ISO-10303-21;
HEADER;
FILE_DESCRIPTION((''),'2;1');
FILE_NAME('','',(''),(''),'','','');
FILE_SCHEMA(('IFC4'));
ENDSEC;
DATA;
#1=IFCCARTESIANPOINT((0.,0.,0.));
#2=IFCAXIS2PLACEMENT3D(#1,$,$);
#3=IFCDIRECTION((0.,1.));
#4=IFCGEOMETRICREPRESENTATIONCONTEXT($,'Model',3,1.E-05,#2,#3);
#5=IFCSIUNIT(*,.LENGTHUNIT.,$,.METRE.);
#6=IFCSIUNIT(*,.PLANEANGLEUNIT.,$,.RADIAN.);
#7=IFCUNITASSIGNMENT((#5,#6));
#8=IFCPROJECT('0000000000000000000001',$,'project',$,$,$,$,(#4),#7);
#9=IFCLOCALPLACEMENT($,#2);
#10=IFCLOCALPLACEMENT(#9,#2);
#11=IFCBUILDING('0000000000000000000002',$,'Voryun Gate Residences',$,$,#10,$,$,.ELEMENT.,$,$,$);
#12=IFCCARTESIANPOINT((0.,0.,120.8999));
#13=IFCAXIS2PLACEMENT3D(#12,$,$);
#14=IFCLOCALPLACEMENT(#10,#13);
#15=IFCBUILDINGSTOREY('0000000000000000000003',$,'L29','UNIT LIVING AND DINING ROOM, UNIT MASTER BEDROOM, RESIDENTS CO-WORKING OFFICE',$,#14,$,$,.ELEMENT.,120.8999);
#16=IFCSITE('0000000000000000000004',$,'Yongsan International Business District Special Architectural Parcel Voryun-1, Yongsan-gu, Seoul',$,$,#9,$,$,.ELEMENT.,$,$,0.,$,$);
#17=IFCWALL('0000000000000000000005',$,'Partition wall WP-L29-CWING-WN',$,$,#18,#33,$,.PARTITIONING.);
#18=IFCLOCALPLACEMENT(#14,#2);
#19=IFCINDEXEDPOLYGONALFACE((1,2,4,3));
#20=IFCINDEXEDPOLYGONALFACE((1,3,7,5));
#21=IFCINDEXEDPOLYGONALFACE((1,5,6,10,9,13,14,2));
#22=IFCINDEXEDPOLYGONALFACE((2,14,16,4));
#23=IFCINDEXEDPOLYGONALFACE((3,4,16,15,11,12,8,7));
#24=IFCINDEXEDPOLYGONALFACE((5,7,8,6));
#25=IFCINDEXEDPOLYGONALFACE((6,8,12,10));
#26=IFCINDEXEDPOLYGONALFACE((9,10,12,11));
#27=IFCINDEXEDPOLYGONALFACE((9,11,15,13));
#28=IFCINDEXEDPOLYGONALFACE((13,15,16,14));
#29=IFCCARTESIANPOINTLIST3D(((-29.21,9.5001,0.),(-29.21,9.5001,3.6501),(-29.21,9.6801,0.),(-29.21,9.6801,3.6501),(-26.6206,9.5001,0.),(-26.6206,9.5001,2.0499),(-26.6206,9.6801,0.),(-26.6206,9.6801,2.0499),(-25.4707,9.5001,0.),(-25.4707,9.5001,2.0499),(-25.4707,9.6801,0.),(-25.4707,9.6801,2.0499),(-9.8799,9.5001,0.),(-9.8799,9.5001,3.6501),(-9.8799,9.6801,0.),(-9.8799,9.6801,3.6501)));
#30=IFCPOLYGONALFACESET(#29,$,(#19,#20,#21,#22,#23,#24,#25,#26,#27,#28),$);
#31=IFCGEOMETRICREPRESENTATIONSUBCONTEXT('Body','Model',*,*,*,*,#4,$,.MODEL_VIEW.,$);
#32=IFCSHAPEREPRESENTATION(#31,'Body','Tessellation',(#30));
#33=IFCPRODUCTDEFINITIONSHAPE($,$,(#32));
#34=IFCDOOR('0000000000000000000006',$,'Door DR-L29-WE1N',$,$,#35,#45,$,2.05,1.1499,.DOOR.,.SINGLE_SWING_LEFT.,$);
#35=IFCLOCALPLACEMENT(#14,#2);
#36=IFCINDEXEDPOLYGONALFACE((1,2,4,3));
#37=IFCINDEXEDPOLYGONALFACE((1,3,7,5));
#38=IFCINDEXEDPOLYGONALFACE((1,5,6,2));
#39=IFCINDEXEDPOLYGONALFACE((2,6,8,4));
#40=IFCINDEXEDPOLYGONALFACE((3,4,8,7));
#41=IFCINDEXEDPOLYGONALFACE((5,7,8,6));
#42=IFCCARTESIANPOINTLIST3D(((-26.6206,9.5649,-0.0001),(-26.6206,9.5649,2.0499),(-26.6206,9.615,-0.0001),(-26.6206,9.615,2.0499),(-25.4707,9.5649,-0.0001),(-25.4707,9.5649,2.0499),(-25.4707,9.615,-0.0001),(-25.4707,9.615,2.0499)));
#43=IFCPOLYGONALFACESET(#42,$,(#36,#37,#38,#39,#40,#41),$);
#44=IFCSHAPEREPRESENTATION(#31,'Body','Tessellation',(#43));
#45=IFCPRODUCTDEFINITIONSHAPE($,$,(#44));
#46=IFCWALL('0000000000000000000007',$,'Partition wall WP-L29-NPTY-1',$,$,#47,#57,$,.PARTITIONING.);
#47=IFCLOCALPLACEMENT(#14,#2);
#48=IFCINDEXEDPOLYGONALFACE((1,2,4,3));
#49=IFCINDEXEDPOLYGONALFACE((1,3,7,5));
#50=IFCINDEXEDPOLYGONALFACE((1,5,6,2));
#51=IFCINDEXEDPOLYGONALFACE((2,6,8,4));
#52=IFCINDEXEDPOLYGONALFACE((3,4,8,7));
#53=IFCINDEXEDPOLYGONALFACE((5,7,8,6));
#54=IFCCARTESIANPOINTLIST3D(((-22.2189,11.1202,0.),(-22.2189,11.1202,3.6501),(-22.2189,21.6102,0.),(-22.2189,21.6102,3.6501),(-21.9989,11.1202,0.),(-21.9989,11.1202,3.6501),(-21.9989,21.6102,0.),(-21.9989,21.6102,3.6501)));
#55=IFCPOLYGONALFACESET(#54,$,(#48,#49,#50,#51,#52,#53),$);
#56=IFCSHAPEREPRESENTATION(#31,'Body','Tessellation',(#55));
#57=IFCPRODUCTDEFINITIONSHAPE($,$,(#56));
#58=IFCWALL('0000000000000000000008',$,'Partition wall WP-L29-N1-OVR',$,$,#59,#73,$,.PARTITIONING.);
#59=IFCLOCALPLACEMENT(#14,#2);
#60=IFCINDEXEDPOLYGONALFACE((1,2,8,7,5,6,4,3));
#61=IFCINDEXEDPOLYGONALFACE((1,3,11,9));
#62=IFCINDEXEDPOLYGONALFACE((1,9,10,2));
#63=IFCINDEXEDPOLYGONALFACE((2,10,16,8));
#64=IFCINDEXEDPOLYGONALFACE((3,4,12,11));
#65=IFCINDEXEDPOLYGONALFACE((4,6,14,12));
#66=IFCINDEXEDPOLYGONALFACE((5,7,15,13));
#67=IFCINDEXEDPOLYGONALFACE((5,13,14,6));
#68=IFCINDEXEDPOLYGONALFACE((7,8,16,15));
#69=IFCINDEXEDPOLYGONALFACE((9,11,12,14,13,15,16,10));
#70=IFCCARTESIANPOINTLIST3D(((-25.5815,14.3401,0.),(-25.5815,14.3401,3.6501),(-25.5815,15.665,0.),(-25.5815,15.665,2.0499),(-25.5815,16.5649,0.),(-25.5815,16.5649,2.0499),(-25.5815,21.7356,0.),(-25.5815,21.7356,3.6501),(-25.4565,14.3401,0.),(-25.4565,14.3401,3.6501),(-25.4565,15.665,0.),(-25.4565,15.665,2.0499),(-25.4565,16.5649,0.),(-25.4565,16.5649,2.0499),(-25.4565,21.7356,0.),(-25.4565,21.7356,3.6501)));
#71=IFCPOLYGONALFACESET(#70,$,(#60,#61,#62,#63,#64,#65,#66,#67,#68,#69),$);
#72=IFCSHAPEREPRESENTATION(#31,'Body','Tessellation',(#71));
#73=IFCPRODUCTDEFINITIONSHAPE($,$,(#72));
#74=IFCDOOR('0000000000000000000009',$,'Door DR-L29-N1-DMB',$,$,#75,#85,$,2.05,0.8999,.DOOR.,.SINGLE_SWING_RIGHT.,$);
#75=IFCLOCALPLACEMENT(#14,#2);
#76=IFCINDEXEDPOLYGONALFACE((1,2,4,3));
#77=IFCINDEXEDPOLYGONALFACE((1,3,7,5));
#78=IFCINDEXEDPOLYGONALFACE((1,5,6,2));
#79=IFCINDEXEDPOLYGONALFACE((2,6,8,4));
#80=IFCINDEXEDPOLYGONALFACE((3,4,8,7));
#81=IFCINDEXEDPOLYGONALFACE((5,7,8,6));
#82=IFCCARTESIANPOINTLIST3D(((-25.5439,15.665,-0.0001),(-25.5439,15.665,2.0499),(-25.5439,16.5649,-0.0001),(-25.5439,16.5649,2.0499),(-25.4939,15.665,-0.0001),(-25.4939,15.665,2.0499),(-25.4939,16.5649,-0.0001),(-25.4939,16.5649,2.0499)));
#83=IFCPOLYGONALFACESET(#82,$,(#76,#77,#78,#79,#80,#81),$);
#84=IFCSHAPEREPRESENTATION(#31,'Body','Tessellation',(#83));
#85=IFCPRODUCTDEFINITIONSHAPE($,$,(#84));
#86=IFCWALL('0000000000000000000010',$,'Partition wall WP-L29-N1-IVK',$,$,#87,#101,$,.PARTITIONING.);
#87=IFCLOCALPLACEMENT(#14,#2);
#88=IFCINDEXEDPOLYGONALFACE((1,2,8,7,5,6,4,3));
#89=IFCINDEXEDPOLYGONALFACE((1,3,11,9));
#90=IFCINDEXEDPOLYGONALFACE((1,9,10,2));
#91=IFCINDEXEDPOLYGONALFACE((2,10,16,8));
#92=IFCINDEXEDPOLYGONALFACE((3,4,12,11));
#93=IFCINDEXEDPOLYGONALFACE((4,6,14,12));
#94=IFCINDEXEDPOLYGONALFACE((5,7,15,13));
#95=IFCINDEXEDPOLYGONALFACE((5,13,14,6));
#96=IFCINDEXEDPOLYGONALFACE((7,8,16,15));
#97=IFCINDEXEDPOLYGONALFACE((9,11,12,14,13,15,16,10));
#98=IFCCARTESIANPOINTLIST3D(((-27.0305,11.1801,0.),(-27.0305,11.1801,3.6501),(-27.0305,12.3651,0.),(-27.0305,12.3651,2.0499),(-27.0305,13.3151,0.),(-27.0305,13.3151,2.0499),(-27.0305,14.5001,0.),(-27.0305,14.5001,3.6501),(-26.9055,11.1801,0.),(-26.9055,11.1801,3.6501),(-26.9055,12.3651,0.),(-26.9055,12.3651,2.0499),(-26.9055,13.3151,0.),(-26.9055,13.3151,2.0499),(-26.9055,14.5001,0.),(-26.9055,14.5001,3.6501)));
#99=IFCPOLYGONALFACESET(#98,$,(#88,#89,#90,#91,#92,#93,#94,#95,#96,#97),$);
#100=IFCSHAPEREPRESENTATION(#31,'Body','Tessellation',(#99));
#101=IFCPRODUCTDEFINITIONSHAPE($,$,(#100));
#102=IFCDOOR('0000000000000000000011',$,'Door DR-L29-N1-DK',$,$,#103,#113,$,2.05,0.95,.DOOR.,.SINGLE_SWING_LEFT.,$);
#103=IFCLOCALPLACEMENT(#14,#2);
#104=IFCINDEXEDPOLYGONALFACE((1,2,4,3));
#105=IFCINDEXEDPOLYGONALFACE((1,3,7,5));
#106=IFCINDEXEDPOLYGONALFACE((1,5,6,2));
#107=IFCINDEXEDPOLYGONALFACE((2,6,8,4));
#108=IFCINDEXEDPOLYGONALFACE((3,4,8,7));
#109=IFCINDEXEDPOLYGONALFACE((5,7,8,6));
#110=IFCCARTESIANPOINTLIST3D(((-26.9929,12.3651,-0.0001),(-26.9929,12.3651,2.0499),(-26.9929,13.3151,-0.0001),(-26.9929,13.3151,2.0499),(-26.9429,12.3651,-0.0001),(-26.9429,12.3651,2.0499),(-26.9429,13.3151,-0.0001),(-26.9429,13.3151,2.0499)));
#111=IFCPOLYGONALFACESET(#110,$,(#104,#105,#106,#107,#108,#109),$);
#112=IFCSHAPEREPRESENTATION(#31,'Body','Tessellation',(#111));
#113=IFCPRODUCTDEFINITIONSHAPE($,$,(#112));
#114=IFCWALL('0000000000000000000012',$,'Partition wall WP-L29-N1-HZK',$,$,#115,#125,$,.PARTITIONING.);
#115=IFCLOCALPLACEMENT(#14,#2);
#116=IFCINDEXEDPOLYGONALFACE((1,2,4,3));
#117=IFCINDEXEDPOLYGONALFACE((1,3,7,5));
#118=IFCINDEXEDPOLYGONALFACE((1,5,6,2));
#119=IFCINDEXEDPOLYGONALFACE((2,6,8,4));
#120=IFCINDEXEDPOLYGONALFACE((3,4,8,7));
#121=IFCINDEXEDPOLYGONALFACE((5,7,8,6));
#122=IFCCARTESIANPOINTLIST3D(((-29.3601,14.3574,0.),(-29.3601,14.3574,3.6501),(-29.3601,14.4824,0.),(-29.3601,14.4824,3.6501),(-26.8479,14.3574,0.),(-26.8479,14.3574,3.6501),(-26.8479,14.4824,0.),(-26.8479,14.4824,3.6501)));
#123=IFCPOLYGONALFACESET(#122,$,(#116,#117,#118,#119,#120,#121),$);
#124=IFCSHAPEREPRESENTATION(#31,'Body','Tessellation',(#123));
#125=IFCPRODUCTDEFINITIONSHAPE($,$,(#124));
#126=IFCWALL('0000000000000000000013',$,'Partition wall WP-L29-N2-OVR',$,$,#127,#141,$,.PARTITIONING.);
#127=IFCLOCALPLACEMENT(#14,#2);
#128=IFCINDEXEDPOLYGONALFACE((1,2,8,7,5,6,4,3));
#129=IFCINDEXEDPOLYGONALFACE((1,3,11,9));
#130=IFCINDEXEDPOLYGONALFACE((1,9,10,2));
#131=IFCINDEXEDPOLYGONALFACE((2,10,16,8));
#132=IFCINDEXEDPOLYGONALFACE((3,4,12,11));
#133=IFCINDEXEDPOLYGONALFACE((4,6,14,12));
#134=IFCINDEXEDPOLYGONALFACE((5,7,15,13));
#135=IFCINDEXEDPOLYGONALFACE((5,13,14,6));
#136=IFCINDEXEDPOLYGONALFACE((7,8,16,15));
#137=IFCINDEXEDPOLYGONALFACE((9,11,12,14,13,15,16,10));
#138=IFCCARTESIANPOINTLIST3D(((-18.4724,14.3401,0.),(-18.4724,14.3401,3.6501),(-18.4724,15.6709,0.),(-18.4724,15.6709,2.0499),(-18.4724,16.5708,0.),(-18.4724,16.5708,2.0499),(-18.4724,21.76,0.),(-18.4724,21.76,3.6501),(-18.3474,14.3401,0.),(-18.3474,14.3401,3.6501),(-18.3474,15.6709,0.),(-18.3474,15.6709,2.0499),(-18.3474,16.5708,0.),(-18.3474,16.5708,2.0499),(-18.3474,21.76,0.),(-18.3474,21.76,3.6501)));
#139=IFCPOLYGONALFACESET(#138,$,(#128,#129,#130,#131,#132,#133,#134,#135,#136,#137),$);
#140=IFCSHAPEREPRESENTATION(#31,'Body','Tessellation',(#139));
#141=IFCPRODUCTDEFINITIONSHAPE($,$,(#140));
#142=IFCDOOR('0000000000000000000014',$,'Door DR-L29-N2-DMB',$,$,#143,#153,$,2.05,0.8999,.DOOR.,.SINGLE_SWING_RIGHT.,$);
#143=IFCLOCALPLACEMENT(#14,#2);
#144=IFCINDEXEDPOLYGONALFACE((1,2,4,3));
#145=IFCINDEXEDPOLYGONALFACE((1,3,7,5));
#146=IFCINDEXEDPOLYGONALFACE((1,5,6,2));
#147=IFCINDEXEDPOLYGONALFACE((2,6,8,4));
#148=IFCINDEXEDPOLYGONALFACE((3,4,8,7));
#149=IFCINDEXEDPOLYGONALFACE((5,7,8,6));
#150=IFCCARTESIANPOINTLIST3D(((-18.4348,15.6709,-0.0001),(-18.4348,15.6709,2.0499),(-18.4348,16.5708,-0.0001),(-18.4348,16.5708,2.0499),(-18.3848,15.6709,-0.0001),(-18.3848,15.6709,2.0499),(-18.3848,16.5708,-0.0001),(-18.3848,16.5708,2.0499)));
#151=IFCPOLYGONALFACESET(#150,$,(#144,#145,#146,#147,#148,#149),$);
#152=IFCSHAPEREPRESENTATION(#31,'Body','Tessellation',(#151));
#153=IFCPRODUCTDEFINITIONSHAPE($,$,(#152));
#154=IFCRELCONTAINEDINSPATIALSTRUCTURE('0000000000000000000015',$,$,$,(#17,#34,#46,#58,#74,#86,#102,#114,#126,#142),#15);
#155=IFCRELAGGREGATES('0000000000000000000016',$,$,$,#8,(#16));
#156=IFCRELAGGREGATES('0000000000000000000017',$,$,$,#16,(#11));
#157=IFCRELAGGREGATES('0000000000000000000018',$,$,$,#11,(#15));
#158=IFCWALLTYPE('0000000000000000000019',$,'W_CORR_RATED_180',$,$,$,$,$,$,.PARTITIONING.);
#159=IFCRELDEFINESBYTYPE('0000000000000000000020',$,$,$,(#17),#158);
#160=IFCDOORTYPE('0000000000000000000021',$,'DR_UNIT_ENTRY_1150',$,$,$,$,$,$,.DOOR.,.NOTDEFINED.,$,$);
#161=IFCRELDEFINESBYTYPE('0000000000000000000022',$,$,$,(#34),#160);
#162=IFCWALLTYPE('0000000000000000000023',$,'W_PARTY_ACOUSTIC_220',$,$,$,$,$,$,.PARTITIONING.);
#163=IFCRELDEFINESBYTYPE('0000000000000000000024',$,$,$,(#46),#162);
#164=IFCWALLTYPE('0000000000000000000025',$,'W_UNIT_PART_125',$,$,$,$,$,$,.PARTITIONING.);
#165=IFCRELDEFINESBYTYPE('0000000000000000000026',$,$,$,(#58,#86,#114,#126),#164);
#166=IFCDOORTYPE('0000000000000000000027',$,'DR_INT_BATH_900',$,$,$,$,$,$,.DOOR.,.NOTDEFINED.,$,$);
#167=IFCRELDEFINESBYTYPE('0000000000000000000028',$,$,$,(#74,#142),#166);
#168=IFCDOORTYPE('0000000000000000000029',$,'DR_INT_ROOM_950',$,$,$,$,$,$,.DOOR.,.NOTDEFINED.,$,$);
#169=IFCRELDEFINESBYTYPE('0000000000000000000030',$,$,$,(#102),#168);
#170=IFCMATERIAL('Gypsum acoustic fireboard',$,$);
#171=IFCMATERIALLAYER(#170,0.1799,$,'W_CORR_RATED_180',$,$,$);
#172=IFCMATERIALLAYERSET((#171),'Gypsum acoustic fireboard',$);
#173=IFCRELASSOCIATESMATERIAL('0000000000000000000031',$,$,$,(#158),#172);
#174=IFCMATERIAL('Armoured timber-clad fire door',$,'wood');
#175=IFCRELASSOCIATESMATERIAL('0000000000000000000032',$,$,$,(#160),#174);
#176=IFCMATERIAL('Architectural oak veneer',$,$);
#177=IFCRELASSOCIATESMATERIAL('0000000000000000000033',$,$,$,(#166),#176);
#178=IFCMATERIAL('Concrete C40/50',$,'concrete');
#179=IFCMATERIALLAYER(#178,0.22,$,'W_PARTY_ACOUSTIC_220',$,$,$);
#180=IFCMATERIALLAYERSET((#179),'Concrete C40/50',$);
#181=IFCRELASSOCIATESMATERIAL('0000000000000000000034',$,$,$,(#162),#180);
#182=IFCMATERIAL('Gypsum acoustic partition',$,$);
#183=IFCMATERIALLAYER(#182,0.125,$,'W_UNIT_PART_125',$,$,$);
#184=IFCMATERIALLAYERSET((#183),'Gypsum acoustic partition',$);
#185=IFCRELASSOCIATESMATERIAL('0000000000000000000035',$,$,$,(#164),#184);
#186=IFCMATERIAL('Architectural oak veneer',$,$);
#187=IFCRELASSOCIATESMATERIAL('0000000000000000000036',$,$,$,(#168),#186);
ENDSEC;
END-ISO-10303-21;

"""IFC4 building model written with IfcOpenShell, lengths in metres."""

from ifc_helpers import new_model, si_unit, direction, frame, frame_2d, origin, place, context, subcontext, project, spatial, rectangle, extrude, material, layer, layer_set, type_object, element, fill, save


model = new_model("IFC4")

# Units and contexts
model_context = context("Model", 3, precision=1e-05, world=origin(), true_north=direction((0.0, 1.0)))
body_context = subcontext(model_context, "Body", "Model", "MODEL_VIEW")
ifc_project = project(units=[si_unit("LENGTHUNIT", "METRE"), si_unit("PLANEANGLEUNIT", "RADIAN")], contexts=[model_context])

# Site, building, storey
site_placement = place(None, origin())
site = spatial("IfcSite", under=ifc_project, at=site_placement, Name="Yongsan International Business District Special Architectural Parcel Voryun-1, Yongsan-gu, Seoul", CompositionType="ELEMENT", RefElevation=0.0)
building_placement = place(site_placement, origin())
building = spatial("IfcBuilding", under=site, at=building_placement, Name="Voryun Gate Residences", CompositionType="ELEMENT")
storey_placement = place(building_placement, frame((0.0, 0.0, 120.8999)))
storey = spatial("IfcBuildingStorey", under=building, at=storey_placement, Name="L29", Description="UNIT LIVING AND DINING ROOM, UNIT MASTER BEDROOM, RESIDENTS CO-WORKING OFFICE", CompositionType="ELEMENT", Elevation=120.8999)

# Wall, opening, door
ifc_material_1 = material(Name="Gypsum acoustic fireboard")
ifc_layer_1 = layer(ifc_material_1, 0.1799, Name="W_CORR_RATED_180")
ifc_layer_set_1 = layer_set([ifc_layer_1], Name="Gypsum acoustic fireboard")
wall_type_1 = type_object("IfcWallType", Name="W_CORR_RATED_180", PredefinedType="PARTITIONING", material=ifc_layer_set_1)
wall_1_placement = place(storey_placement, frame((-29.21, 9.5901, 0.0), z_axis=(0.0, 0.0, 1.0), x_axis=(1.0, 0.0, 0.0)))
wall_1 = element("IfcWall", 1, at=wall_1_placement, inside=storey, type_object=wall_type_1, Name="Partition wall WP-L29-CWING-WN", PredefinedType="PARTITIONING", context=body_context, shape_type="SweptSolid", body=[
    extrude(rectangle(XDim=19.3301, YDim=0.1799, at=frame_2d((9.665, 0.0))), origin(), (0.0, 0.0, 1.0), 3.6501),
])
opening_1_placement = place(wall_1_placement, frame((2.5894, 0.0, 0.0)))
opening_1 = element("IfcOpeningElement", 2, at=opening_1_placement, cuts=wall_1, PredefinedType="OPENING", context=body_context, shape_type="SweptSolid", body=[
    extrude(rectangle(XDim=1.1499, YDim=2.05, at=frame_2d((0.575, 1.0249))), frame((0.0, 0.0999, 0.0), z_axis=(0.0, -1.0, 0.0), x_axis=(1.0, 0.0, 0.0)), (0.0, 0.0, 1.0), 0.2),
])
ifc_material_2 = material(Name="Armoured timber-clad fire door", Category="wood")
door_type_1 = type_object("IfcDoorType", Name="DR_UNIT_ENTRY_1150", OperationType="NOTDEFINED", PredefinedType="DOOR", material=ifc_material_2)
door_1_placement = place(opening_1_placement, origin())
door_1 = element("IfcDoor", 3, at=door_1_placement, inside=storey, type_object=door_type_1, Name="Door DR-L29-WE1N", OperationType="SINGLE_SWING_LEFT", OverallHeight=2.05, OverallWidth=1.1499, PredefinedType="DOOR", context=body_context, shape_type="SweptSolid", body=[
    extrude(rectangle(XDim=1.1499, YDim=2.05, at=frame_2d((0.575, 1.0249))), frame((0.0, 0.0249, 0.0), z_axis=(0.0, -1.0, 0.0), x_axis=(1.0, 0.0, 0.0)), (0.0, 0.0, 1.0), 0.05),
])
fill(opening_1, door_1)

# Shared definitions
ifc_material_3 = material(Name="Architectural oak veneer")
door_type_2 = type_object("IfcDoorType", Name="DR_INT_BATH_900", OperationType="NOTDEFINED", PredefinedType="DOOR", material=ifc_material_3)

# Wall
ifc_material_4 = material(Name="Concrete C40/50", Category="concrete")
ifc_layer_2 = layer(ifc_material_4, 0.22, Name="W_PARTY_ACOUSTIC_220")
ifc_layer_set_2 = layer_set([ifc_layer_2], Name="Concrete C40/50")
wall_type_2 = type_object("IfcWallType", Name="W_PARTY_ACOUSTIC_220", PredefinedType="PARTITIONING", material=ifc_layer_set_2)
wall_2_placement = place(storey_placement, frame((-22.1089, 11.1201, 0.0), z_axis=(0.0, 0.0, 1.0), x_axis=(0.0, 1.0, 0.0)))
element("IfcWall", 4, at=wall_2_placement, inside=storey, type_object=wall_type_2, Name="Partition wall WP-L29-NPTY-1", PredefinedType="PARTITIONING", context=body_context, shape_type="SweptSolid", body=[
    extrude(rectangle(XDim=10.49, YDim=0.22, at=frame_2d((5.2451, 0.0))), origin(), (0.0, 0.0, 1.0), 3.6501),
])

# Walls, openings, doors
ifc_material_5 = material(Name="Gypsum acoustic partition")
ifc_layer_3 = layer(ifc_material_5, 0.125, Name="W_UNIT_PART_125")
ifc_layer_set_3 = layer_set([ifc_layer_3], Name="Gypsum acoustic partition")
wall_type_3 = type_object("IfcWallType", Name="W_UNIT_PART_125", PredefinedType="PARTITIONING", material=ifc_layer_set_3)
wall_3_placement = place(storey_placement, frame((-25.519, 14.3401, 0.0), z_axis=(0.0, 0.0, 1.0), x_axis=(0.0, 1.0, 0.0)))
wall_3 = element("IfcWall", 5, at=wall_3_placement, inside=storey, type_object=wall_type_3, Name="Partition wall WP-L29-N1-OVR", PredefinedType="PARTITIONING", context=body_context, shape_type="SweptSolid", body=[
    extrude(rectangle(XDim=7.3955, YDim=0.125, at=frame_2d((3.6978, 0.0))), origin(), (0.0, 0.0, 1.0), 3.6501),
])
opening_2_placement = place(wall_3_placement, frame((1.325, 0.0, 0.0)))
opening_2 = element("IfcOpeningElement", 6, at=opening_2_placement, cuts=wall_3, PredefinedType="OPENING", context=body_context, shape_type="SweptSolid", body=[
    extrude(rectangle(XDim=0.8999, YDim=2.05, at=frame_2d((0.45, 1.0249))), frame((0.0, 0.0725, 0.0), z_axis=(0.0, -1.0, 0.0), x_axis=(1.0, 0.0, 0.0)), (0.0, 0.0, 1.0), 0.145),
])
door_2_placement = place(opening_2_placement, origin())
door_2 = element("IfcDoor", 7, at=door_2_placement, inside=storey, type_object=door_type_2, Name="Door DR-L29-N1-DMB", OperationType="SINGLE_SWING_RIGHT", OverallHeight=2.05, OverallWidth=0.8999, PredefinedType="DOOR", context=body_context, shape_type="SweptSolid", body=[
    extrude(rectangle(XDim=0.8999, YDim=2.05, at=frame_2d((0.45, 1.0249))), frame((0.0, 0.0249, 0.0), z_axis=(0.0, -1.0, 0.0), x_axis=(1.0, 0.0, 0.0)), (0.0, 0.0, 1.0), 0.05),
])
fill(opening_2, door_2)
wall_4_placement = place(storey_placement, frame((-26.968, 11.1799, 0.0), z_axis=(0.0, 0.0, 1.0), x_axis=(0.0, 1.0, 0.0)))
wall_4 = element("IfcWall", 8, at=wall_4_placement, inside=storey, type_object=wall_type_3, Name="Partition wall WP-L29-N1-IVK", PredefinedType="PARTITIONING", context=body_context, shape_type="SweptSolid", body=[
    extrude(rectangle(XDim=3.3201, YDim=0.125, at=frame_2d((1.6602, 0.0))), origin(), (0.0, 0.0, 1.0), 3.6501),
])
opening_3_placement = place(wall_4_placement, frame((1.1851, 0.0, 0.0)))
opening_3 = element("IfcOpeningElement", 9, at=opening_3_placement, cuts=wall_4, PredefinedType="OPENING", context=body_context, shape_type="SweptSolid", body=[
    extrude(rectangle(XDim=0.95, YDim=2.05, at=frame_2d((0.4751, 1.0249))), frame((0.0, 0.0725, 0.0), z_axis=(0.0, -1.0, 0.0), x_axis=(1.0, 0.0, 0.0)), (0.0, 0.0, 1.0), 0.145),
])
ifc_material_6 = material(Name="Architectural oak veneer")
door_type_3 = type_object("IfcDoorType", Name="DR_INT_ROOM_950", OperationType="NOTDEFINED", PredefinedType="DOOR", material=ifc_material_6)
door_3_placement = place(opening_3_placement, origin())
door_3 = element("IfcDoor", 10, at=door_3_placement, inside=storey, type_object=door_type_3, Name="Door DR-L29-N1-DK", OperationType="SINGLE_SWING_LEFT", OverallHeight=2.05, OverallWidth=0.95, PredefinedType="DOOR", context=body_context, shape_type="SweptSolid", body=[
    extrude(rectangle(XDim=0.95, YDim=2.05, at=frame_2d((0.4751, 1.0249))), frame((0.0, 0.0249, 0.0), z_axis=(0.0, -1.0, 0.0), x_axis=(1.0, 0.0, 0.0)), (0.0, 0.0, 1.0), 0.05),
])
fill(opening_3, door_3)

# Wall
wall_5_placement = place(storey_placement, frame((-29.3601, 14.4199, 0.0), z_axis=(0.0, 0.0, 1.0), x_axis=(1.0, 0.0, 0.0)))
element("IfcWall", 11, at=wall_5_placement, inside=storey, type_object=wall_type_3, Name="Partition wall WP-L29-N1-HZK", PredefinedType="PARTITIONING", context=body_context, shape_type="SweptSolid", body=[
    extrude(rectangle(XDim=2.5122, YDim=0.125, at=frame_2d((1.2561, 0.0))), origin(), (0.0, 0.0, 1.0), 3.6501),
])

# Wall, opening, door
wall_6_placement = place(storey_placement, frame((-18.4099, 14.3401, 0.0), z_axis=(0.0, 0.0, 1.0), x_axis=(0.0, 1.0, 0.0)))
wall_6 = element("IfcWall", 12, at=wall_6_placement, inside=storey, type_object=wall_type_3, Name="Partition wall WP-L29-N2-OVR", PredefinedType="PARTITIONING", context=body_context, shape_type="SweptSolid", body=[
    extrude(rectangle(XDim=7.4199, YDim=0.125, at=frame_2d((3.71, 0.0))), origin(), (0.0, 0.0, 1.0), 3.6501),
])
opening_4_placement = place(wall_6_placement, frame((1.3308, 0.0, 0.0)))
opening_4 = element("IfcOpeningElement", 13, at=opening_4_placement, cuts=wall_6, PredefinedType="OPENING", context=body_context, shape_type="SweptSolid", body=[
    extrude(rectangle(XDim=0.8999, YDim=2.05, at=frame_2d((0.45, 1.0249))), frame((0.0, 0.0725, 0.0), z_axis=(0.0, -1.0, 0.0), x_axis=(1.0, 0.0, 0.0)), (0.0, 0.0, 1.0), 0.145),
])
door_4_placement = place(opening_4_placement, origin())
door_4 = element("IfcDoor", 14, at=door_4_placement, inside=storey, type_object=door_type_2, Name="Door DR-L29-N2-DMB", OperationType="SINGLE_SWING_RIGHT", OverallHeight=2.05, OverallWidth=0.8999, PredefinedType="DOOR", context=body_context, shape_type="SweptSolid", body=[
    extrude(rectangle(XDim=0.8999, YDim=2.05, at=frame_2d((0.45, 1.0249))), frame((0.0, 0.0249, 0.0), z_axis=(0.0, -1.0, 0.0), x_axis=(1.0, 0.0, 0.0)), (0.0, 0.0, 1.0), 0.05),
])
fill(opening_4, door_4)

save(model, "model.ifc")
